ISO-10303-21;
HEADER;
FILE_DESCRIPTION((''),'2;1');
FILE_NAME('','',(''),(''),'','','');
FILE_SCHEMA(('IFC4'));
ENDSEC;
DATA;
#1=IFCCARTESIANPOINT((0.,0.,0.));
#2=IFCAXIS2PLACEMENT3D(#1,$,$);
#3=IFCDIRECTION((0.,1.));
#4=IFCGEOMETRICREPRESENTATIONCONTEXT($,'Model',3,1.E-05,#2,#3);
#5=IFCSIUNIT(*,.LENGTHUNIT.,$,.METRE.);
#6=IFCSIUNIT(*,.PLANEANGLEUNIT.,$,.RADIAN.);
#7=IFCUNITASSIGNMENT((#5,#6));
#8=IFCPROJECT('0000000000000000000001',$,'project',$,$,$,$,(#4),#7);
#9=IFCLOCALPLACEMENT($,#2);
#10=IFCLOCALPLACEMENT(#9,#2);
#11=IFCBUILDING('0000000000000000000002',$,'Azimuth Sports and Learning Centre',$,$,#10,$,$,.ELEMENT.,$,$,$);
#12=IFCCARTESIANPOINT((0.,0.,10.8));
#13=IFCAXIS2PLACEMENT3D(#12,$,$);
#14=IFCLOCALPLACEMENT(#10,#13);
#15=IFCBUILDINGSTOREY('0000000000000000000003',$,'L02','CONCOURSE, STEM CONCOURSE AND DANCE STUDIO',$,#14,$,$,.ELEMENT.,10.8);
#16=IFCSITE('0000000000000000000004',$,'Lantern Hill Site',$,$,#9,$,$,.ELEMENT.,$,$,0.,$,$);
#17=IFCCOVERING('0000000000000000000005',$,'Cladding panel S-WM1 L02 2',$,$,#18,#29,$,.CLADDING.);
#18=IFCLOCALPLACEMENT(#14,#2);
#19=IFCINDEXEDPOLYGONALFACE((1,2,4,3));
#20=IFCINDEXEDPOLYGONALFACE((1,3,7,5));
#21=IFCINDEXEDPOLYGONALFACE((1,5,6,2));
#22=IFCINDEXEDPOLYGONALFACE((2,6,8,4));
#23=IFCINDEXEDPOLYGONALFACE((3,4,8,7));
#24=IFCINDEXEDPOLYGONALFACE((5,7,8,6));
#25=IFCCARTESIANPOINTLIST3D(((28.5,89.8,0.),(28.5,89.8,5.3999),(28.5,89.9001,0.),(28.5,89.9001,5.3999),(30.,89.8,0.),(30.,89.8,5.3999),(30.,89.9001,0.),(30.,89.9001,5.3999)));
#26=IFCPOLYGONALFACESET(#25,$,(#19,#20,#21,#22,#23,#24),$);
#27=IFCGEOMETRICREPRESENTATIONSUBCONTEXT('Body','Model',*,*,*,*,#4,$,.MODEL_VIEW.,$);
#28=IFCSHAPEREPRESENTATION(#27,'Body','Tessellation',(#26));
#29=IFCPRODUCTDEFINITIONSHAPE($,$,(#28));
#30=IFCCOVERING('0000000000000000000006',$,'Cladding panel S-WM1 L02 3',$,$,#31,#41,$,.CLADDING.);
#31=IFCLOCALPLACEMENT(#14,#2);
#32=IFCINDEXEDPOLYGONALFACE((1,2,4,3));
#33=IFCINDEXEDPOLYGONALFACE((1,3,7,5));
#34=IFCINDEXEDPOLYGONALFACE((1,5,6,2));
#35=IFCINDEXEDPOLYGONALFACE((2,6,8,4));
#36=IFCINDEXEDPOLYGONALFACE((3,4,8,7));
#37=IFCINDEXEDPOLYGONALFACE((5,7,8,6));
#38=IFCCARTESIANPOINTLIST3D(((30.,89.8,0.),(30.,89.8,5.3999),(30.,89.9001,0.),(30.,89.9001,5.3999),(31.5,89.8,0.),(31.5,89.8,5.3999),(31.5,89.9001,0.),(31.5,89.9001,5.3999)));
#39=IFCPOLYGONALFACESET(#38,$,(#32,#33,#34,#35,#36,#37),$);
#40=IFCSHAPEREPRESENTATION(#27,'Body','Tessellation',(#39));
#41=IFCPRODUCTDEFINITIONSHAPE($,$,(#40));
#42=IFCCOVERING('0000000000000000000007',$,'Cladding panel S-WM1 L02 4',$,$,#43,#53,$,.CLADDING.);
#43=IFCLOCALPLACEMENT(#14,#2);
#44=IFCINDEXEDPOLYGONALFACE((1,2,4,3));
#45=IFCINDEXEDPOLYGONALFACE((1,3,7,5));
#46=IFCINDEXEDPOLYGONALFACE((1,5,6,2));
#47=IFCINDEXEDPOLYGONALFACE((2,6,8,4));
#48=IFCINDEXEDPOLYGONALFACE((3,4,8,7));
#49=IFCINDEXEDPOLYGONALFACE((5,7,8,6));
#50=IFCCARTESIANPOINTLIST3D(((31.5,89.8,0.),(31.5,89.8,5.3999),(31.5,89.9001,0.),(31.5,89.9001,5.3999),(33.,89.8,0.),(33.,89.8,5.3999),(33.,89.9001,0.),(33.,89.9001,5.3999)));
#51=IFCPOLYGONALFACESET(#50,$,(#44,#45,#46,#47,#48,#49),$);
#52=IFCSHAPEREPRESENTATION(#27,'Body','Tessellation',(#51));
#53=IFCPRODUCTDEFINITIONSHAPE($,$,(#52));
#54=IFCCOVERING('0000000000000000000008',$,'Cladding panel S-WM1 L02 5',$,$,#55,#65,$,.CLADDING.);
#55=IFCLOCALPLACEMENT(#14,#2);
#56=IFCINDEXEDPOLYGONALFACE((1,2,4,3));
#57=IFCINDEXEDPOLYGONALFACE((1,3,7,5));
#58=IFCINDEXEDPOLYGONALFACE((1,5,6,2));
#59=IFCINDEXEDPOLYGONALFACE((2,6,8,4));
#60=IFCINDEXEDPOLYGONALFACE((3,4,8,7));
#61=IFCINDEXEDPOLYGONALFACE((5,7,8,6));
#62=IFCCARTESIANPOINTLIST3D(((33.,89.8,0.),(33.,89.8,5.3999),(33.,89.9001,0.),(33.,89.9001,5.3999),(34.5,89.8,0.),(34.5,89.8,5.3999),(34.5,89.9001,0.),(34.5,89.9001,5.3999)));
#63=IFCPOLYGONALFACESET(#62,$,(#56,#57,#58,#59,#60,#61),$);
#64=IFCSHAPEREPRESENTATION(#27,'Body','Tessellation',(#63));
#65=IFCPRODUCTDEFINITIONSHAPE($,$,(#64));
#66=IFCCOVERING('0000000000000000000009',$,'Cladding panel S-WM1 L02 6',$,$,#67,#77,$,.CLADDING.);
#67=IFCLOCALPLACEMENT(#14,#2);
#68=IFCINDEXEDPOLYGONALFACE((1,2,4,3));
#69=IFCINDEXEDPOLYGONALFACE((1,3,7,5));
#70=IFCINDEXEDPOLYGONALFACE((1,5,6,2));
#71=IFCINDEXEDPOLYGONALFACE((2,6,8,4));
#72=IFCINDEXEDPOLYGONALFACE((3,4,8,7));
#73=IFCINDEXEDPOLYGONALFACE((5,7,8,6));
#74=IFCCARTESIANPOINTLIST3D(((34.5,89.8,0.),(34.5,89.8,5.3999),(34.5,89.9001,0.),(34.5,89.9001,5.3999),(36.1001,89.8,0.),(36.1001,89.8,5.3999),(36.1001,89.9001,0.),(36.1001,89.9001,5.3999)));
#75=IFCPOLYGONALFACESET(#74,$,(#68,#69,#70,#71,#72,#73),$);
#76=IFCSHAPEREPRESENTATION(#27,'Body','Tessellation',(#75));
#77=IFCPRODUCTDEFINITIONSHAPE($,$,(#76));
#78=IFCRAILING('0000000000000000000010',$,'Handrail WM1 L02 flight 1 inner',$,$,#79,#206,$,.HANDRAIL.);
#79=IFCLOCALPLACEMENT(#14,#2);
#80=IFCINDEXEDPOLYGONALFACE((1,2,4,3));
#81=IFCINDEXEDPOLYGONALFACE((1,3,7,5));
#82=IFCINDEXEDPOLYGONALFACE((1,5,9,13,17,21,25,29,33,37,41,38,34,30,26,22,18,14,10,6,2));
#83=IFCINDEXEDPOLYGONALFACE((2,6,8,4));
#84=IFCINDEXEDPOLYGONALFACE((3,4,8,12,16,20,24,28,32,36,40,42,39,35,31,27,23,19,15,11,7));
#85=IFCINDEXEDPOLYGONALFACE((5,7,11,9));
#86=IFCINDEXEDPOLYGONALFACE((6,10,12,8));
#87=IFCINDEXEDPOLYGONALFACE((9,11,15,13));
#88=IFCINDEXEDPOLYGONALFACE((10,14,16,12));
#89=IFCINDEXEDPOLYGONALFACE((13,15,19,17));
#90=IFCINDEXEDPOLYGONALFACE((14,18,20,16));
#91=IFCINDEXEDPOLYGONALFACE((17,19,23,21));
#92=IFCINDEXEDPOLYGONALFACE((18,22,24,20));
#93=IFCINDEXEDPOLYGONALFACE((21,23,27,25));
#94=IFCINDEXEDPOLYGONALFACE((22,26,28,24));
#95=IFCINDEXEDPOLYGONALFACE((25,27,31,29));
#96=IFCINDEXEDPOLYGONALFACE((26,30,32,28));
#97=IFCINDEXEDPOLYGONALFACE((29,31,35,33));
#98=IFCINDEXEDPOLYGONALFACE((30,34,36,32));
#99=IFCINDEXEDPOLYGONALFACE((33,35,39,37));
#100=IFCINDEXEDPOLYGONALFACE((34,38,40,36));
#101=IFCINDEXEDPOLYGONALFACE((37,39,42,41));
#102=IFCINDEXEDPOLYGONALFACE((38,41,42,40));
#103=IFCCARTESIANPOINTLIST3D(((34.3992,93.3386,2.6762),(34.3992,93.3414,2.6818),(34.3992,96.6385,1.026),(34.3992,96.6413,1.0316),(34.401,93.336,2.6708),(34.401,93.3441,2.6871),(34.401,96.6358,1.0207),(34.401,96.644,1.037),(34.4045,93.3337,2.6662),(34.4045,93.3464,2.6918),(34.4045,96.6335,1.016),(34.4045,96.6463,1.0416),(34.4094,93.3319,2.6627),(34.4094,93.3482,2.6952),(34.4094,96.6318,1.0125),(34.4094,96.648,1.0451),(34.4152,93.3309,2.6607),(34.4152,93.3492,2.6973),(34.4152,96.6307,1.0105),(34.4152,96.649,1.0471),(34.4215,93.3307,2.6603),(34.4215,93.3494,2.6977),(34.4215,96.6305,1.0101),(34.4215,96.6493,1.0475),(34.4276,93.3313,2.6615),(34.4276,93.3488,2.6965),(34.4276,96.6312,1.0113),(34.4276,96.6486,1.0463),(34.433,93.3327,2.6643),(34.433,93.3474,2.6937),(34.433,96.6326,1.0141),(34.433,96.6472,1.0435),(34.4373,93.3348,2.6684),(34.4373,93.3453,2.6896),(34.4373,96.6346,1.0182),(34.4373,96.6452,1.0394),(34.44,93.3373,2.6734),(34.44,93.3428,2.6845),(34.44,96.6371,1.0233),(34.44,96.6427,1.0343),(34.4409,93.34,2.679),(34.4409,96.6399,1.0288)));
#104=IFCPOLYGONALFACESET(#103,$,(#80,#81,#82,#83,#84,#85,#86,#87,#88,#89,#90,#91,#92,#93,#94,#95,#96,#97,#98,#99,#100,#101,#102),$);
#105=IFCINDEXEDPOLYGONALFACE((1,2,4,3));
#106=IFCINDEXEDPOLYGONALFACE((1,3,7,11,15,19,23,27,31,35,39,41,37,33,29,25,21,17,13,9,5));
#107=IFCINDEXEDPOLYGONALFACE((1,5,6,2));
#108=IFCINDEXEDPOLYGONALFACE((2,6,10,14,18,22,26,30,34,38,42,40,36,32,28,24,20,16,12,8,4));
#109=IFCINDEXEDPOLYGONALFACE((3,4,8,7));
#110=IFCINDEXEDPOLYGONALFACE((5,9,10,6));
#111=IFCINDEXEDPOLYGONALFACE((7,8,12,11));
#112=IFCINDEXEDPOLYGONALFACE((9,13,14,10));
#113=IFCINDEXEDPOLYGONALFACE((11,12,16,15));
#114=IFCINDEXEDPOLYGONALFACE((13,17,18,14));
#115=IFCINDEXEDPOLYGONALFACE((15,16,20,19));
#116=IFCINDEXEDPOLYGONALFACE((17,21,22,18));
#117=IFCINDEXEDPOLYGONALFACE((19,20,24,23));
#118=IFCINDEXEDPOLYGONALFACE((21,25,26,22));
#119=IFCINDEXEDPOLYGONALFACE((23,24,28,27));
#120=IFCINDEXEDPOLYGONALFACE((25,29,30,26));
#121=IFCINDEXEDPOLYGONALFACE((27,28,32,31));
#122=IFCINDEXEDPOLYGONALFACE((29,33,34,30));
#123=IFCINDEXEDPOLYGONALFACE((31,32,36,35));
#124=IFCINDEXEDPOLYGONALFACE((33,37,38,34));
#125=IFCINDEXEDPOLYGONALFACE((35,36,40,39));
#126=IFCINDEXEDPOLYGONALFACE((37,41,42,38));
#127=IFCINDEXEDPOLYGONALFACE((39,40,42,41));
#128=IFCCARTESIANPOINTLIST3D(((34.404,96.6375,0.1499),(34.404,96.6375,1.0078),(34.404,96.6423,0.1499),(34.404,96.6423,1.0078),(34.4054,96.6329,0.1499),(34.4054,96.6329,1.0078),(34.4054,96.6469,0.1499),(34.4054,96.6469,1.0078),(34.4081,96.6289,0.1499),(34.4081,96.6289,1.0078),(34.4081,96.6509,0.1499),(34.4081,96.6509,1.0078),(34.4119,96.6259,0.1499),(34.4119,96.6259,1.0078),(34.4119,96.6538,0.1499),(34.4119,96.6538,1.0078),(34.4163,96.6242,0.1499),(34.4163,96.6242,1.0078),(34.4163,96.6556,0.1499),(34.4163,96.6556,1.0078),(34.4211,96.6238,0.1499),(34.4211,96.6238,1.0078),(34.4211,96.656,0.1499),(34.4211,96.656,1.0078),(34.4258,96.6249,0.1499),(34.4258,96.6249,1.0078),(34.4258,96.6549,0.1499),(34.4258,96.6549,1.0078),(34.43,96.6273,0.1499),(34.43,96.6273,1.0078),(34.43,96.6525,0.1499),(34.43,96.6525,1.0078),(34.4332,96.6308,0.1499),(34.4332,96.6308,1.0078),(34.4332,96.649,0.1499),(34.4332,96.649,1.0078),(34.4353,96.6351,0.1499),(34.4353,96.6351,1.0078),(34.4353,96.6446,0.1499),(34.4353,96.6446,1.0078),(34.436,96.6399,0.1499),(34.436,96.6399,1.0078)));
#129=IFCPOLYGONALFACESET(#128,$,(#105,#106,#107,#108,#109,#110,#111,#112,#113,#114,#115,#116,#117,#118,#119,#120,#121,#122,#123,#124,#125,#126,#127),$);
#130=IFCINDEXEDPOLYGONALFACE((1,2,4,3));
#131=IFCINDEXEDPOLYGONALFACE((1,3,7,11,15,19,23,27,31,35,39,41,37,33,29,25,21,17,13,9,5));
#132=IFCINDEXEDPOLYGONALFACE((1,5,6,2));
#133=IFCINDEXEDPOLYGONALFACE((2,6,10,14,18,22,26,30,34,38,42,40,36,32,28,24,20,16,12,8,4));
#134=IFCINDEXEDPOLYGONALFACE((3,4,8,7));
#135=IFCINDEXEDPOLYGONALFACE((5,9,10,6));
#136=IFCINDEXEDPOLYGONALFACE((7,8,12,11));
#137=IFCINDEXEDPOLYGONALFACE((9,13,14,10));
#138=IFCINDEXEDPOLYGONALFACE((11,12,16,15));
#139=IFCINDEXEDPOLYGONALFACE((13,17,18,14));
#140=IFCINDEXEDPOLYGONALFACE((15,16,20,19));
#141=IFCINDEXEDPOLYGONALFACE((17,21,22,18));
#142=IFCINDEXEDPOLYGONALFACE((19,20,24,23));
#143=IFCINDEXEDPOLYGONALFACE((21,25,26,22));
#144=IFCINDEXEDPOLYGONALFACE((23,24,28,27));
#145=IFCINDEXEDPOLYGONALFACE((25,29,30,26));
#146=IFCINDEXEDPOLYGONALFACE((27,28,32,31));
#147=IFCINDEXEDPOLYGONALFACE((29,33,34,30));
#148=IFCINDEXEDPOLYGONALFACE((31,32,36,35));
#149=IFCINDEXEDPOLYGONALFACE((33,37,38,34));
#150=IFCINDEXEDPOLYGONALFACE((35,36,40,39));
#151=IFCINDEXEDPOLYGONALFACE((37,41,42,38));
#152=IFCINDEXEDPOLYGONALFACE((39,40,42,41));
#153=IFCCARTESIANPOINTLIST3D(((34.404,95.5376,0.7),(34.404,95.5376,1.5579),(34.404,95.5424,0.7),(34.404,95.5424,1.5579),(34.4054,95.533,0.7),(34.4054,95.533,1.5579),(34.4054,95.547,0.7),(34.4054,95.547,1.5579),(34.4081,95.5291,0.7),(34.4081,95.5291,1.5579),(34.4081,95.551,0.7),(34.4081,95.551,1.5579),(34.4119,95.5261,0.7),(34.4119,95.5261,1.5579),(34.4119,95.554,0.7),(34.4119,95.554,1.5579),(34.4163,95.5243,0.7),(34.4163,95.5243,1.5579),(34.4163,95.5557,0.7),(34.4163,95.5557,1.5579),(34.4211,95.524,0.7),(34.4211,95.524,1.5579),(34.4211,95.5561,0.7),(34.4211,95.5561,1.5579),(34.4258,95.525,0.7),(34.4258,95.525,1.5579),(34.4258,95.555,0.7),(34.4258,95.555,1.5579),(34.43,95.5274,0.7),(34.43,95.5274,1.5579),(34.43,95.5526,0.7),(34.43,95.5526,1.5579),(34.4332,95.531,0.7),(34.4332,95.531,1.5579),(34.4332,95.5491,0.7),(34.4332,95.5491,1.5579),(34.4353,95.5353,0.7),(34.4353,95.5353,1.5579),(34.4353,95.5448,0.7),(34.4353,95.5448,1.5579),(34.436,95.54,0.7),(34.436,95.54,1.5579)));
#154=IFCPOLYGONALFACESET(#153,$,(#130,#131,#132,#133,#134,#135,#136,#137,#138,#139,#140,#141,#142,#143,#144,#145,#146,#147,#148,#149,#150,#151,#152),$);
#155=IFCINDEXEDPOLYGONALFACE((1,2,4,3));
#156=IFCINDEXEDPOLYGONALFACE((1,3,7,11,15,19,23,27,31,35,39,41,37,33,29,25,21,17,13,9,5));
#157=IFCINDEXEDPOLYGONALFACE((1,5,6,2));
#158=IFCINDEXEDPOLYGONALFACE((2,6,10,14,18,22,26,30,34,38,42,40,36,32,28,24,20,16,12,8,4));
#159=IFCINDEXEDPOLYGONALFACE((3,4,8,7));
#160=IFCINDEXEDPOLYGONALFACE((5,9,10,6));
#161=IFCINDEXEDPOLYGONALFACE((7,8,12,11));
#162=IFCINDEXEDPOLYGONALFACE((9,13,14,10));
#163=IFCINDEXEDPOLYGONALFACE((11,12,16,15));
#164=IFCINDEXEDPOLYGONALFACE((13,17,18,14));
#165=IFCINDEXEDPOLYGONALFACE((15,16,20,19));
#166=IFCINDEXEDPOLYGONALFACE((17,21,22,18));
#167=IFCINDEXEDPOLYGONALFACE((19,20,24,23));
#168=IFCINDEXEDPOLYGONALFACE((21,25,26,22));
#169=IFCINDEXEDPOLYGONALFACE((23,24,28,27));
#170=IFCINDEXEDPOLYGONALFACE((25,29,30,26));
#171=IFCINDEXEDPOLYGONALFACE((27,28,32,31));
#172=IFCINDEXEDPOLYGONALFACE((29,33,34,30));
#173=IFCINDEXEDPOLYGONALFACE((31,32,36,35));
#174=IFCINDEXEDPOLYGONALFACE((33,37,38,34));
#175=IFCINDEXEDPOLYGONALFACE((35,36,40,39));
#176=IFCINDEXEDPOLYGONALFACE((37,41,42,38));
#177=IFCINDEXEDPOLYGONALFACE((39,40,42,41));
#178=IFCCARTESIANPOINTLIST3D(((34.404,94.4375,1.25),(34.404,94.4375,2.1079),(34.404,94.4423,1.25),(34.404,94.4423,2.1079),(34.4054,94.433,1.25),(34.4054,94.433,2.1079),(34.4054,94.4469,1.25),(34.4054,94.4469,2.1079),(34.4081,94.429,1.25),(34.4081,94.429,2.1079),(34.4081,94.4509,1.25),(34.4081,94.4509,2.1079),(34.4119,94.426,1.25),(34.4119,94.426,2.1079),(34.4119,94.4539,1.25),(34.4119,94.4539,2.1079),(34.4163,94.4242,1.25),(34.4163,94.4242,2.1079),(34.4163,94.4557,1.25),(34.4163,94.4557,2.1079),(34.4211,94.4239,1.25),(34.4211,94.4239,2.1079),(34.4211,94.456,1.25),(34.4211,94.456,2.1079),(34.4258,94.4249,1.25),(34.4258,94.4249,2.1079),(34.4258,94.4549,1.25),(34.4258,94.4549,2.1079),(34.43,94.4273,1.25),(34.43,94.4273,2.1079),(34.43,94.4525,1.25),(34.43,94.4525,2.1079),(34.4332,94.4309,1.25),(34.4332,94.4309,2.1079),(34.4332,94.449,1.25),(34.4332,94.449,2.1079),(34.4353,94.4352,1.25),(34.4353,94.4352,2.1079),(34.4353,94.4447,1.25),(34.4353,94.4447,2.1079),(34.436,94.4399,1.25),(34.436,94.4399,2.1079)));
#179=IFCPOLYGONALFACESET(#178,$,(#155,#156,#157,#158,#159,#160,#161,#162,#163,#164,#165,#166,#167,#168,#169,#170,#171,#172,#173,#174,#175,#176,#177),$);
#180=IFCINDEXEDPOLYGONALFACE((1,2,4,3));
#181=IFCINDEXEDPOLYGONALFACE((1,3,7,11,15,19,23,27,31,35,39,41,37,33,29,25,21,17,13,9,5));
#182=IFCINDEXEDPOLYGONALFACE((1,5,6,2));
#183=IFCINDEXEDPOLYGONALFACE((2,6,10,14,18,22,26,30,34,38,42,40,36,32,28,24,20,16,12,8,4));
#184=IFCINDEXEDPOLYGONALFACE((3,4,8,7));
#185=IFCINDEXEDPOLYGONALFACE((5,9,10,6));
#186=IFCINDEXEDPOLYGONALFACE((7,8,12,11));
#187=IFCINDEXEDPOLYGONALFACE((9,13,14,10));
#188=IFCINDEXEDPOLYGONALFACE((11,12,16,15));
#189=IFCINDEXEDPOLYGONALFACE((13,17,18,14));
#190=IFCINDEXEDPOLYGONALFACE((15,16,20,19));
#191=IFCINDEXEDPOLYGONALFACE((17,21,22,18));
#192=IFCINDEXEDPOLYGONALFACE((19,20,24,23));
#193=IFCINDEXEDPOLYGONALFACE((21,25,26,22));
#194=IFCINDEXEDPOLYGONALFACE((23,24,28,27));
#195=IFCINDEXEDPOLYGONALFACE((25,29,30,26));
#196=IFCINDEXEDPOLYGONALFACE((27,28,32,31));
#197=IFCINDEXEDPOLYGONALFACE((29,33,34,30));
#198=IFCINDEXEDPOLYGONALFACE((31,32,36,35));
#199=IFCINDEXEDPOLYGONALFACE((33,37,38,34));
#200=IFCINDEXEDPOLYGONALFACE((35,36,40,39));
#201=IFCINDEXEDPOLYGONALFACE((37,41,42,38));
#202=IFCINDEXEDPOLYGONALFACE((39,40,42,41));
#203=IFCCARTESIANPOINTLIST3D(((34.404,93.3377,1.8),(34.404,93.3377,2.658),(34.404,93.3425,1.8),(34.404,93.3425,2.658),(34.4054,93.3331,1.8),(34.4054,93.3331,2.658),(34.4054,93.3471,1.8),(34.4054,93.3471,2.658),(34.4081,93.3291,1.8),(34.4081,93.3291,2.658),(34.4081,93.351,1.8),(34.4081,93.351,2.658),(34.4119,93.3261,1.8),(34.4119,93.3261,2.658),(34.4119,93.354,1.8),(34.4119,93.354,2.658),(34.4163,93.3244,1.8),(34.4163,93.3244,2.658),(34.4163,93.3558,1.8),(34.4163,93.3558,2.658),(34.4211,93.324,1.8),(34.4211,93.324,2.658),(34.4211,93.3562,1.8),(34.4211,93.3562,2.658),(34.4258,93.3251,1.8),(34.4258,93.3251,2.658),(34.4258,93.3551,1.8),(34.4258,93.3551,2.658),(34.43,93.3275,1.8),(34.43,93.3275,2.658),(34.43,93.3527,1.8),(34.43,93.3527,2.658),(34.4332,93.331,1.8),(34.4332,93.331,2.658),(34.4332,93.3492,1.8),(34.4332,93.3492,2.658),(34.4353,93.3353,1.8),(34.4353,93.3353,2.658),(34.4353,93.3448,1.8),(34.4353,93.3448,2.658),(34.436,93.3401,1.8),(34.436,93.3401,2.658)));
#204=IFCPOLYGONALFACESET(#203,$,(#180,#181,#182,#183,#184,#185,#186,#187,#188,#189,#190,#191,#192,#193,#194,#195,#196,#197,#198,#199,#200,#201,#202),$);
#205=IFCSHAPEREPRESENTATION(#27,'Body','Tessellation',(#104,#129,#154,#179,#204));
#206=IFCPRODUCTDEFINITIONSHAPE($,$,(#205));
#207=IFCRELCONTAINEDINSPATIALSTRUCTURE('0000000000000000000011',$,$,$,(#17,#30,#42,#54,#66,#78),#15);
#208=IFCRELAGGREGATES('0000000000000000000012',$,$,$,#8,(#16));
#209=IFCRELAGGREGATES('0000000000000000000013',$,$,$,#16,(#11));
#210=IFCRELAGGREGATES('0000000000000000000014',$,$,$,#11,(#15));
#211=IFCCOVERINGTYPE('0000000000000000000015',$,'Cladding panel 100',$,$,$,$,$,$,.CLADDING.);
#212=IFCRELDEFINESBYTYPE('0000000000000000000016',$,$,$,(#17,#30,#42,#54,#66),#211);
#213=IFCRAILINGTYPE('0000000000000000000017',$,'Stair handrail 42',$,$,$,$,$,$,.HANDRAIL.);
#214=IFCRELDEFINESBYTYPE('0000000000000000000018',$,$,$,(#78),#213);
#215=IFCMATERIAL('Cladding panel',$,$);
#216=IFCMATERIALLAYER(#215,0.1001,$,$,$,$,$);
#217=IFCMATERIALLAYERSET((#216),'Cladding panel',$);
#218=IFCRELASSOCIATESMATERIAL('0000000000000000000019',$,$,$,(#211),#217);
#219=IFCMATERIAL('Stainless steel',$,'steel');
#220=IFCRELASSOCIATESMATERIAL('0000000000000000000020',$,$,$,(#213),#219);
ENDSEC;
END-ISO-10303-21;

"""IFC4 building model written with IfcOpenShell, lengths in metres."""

from ifc_helpers import new_model, si_unit, direction, frame, origin, origin_2d, place, context, subcontext, project, spatial, rectangle, circle, extrude, material, layer, layer_set, type_object, element, save


model = new_model("IFC4")

# Units and contexts
model_context = context("Model", 3, precision=1e-05, world=origin(), true_north=direction((0.0, 1.0)))
body_context = subcontext(model_context, "Body", "Model", "MODEL_VIEW")
ifc_project = project(units=[si_unit("LENGTHUNIT", "METRE"), si_unit("PLANEANGLEUNIT", "RADIAN")], contexts=[model_context])

# Site, building, storey
site_placement = place(None, origin())
site = spatial("IfcSite", under=ifc_project, at=site_placement, Name="Lantern Hill Site", CompositionType="ELEMENT", RefElevation=0.0)
building_placement = place(site_placement, origin())
building = spatial("IfcBuilding", under=site, at=building_placement, Name="Azimuth Sports and Learning Centre", CompositionType="ELEMENT")
storey_placement = place(building_placement, frame((0.0, 0.0, 10.8)))
storey = spatial("IfcBuildingStorey", under=building, at=storey_placement, Name="L02", Description="CONCOURSE, STEM CONCOURSE AND DANCE STUDIO", CompositionType="ELEMENT", Elevation=10.8)

# Coverings
ifc_material_1 = material(Name="Cladding panel")
ifc_layer_1 = layer(ifc_material_1, 0.1001)
ifc_layer_set_1 = layer_set([ifc_layer_1], Name="Cladding panel")
covering_type = type_object("IfcCoveringType", Name="Cladding panel 100", PredefinedType="CLADDING", material=ifc_layer_set_1)
for number, where, z_axis, x_axis, name in (
    (1, (29.25, 89.8501, 0.0), (0.0, 0.0, 1.0), (1.0, 0.0, 0.0), "Cladding panel S-WM1 L02 2"),
    (2, (30.75, 89.8501, 0.0), (0.0, 0.0, 1.0), (1.0, 0.0, 0.0), "Cladding panel S-WM1 L02 3"),
    (3, (32.25, 89.8501, 0.0), (0.0, 0.0, 1.0), (1.0, 0.0, 0.0), "Cladding panel S-WM1 L02 4"),
    (4, (33.75, 89.8501, 0.0), (0.0, 0.0, 1.0), (1.0, 0.0, 0.0), "Cladding panel S-WM1 L02 5"),
):
    element("IfcCovering", number, at=place(storey_placement, frame(where, z_axis=z_axis, x_axis=x_axis)), inside=storey, type_object=covering_type, Name=name, PredefinedType="CLADDING", context=body_context, shape_type="SweptSolid", body=[
        extrude(rectangle(XDim=1.5, YDim=0.1001, at=origin_2d()), origin(), (0.0, 0.0, 1.0), 5.3999),
    ])
covering_1_placement = place(storey_placement, frame((35.3, 89.8501, 0.0), z_axis=(0.0, 0.0, 1.0), x_axis=(1.0, 0.0, 0.0)))
element("IfcCovering", 5, at=covering_1_placement, inside=storey, type_object=covering_type, Name="Cladding panel S-WM1 L02 6", PredefinedType="CLADDING", context=body_context, shape_type="SweptSolid", body=[
    extrude(rectangle(XDim=1.6001, YDim=0.1001, at=origin_2d()), origin(), (0.0, 0.0, 1.0), 5.3999),
])

# Railing
ifc_material_2 = material(Name="Stainless steel", Category="steel")
railing_type_1 = type_object("IfcRailingType", Name="Stair handrail 42", PredefinedType="HANDRAIL", material=ifc_material_2)
for number, where, name in (
    (6, (34.4199, 96.6399, 0.1499), "Handrail WM1 L02 flight 1 inner"),
):
    element("IfcRailing", number, at=place(storey_placement, frame(where)), inside=storey, type_object=railing_type_1, Name=name, PredefinedType="HANDRAIL", context=body_context, shape_type="SweptSolid", body=[
        extrude(circle(Radius=0.021, at=origin_2d()), frame((0.0, 0.0, 0.8789), z_axis=(0.0, -0.894401, 0.447267), x_axis=(1.0, 0.0, 0.0)), (0.0, 0.0, 1.0), 3.6895),
        extrude(circle(Radius=0.0161, at=origin_2d()), origin(), (0.0, 0.0, 1.0), 0.8579),
        extrude(circle(Radius=0.0161, at=origin_2d()), frame((0.0, -1.0999, 0.55)), (0.0, 0.0, 1.0), 0.8579),
        extrude(circle(Radius=0.0161, at=origin_2d()), frame((0.0, -2.2, 1.1001)), (0.0, 0.0, 1.0), 0.8579),
        extrude(circle(Radius=0.0161, at=origin_2d()), frame((0.0, -3.2998, 1.6501)), (0.0, 0.0, 1.0), 0.8579),
    ])

save(model, "model.ifc")
